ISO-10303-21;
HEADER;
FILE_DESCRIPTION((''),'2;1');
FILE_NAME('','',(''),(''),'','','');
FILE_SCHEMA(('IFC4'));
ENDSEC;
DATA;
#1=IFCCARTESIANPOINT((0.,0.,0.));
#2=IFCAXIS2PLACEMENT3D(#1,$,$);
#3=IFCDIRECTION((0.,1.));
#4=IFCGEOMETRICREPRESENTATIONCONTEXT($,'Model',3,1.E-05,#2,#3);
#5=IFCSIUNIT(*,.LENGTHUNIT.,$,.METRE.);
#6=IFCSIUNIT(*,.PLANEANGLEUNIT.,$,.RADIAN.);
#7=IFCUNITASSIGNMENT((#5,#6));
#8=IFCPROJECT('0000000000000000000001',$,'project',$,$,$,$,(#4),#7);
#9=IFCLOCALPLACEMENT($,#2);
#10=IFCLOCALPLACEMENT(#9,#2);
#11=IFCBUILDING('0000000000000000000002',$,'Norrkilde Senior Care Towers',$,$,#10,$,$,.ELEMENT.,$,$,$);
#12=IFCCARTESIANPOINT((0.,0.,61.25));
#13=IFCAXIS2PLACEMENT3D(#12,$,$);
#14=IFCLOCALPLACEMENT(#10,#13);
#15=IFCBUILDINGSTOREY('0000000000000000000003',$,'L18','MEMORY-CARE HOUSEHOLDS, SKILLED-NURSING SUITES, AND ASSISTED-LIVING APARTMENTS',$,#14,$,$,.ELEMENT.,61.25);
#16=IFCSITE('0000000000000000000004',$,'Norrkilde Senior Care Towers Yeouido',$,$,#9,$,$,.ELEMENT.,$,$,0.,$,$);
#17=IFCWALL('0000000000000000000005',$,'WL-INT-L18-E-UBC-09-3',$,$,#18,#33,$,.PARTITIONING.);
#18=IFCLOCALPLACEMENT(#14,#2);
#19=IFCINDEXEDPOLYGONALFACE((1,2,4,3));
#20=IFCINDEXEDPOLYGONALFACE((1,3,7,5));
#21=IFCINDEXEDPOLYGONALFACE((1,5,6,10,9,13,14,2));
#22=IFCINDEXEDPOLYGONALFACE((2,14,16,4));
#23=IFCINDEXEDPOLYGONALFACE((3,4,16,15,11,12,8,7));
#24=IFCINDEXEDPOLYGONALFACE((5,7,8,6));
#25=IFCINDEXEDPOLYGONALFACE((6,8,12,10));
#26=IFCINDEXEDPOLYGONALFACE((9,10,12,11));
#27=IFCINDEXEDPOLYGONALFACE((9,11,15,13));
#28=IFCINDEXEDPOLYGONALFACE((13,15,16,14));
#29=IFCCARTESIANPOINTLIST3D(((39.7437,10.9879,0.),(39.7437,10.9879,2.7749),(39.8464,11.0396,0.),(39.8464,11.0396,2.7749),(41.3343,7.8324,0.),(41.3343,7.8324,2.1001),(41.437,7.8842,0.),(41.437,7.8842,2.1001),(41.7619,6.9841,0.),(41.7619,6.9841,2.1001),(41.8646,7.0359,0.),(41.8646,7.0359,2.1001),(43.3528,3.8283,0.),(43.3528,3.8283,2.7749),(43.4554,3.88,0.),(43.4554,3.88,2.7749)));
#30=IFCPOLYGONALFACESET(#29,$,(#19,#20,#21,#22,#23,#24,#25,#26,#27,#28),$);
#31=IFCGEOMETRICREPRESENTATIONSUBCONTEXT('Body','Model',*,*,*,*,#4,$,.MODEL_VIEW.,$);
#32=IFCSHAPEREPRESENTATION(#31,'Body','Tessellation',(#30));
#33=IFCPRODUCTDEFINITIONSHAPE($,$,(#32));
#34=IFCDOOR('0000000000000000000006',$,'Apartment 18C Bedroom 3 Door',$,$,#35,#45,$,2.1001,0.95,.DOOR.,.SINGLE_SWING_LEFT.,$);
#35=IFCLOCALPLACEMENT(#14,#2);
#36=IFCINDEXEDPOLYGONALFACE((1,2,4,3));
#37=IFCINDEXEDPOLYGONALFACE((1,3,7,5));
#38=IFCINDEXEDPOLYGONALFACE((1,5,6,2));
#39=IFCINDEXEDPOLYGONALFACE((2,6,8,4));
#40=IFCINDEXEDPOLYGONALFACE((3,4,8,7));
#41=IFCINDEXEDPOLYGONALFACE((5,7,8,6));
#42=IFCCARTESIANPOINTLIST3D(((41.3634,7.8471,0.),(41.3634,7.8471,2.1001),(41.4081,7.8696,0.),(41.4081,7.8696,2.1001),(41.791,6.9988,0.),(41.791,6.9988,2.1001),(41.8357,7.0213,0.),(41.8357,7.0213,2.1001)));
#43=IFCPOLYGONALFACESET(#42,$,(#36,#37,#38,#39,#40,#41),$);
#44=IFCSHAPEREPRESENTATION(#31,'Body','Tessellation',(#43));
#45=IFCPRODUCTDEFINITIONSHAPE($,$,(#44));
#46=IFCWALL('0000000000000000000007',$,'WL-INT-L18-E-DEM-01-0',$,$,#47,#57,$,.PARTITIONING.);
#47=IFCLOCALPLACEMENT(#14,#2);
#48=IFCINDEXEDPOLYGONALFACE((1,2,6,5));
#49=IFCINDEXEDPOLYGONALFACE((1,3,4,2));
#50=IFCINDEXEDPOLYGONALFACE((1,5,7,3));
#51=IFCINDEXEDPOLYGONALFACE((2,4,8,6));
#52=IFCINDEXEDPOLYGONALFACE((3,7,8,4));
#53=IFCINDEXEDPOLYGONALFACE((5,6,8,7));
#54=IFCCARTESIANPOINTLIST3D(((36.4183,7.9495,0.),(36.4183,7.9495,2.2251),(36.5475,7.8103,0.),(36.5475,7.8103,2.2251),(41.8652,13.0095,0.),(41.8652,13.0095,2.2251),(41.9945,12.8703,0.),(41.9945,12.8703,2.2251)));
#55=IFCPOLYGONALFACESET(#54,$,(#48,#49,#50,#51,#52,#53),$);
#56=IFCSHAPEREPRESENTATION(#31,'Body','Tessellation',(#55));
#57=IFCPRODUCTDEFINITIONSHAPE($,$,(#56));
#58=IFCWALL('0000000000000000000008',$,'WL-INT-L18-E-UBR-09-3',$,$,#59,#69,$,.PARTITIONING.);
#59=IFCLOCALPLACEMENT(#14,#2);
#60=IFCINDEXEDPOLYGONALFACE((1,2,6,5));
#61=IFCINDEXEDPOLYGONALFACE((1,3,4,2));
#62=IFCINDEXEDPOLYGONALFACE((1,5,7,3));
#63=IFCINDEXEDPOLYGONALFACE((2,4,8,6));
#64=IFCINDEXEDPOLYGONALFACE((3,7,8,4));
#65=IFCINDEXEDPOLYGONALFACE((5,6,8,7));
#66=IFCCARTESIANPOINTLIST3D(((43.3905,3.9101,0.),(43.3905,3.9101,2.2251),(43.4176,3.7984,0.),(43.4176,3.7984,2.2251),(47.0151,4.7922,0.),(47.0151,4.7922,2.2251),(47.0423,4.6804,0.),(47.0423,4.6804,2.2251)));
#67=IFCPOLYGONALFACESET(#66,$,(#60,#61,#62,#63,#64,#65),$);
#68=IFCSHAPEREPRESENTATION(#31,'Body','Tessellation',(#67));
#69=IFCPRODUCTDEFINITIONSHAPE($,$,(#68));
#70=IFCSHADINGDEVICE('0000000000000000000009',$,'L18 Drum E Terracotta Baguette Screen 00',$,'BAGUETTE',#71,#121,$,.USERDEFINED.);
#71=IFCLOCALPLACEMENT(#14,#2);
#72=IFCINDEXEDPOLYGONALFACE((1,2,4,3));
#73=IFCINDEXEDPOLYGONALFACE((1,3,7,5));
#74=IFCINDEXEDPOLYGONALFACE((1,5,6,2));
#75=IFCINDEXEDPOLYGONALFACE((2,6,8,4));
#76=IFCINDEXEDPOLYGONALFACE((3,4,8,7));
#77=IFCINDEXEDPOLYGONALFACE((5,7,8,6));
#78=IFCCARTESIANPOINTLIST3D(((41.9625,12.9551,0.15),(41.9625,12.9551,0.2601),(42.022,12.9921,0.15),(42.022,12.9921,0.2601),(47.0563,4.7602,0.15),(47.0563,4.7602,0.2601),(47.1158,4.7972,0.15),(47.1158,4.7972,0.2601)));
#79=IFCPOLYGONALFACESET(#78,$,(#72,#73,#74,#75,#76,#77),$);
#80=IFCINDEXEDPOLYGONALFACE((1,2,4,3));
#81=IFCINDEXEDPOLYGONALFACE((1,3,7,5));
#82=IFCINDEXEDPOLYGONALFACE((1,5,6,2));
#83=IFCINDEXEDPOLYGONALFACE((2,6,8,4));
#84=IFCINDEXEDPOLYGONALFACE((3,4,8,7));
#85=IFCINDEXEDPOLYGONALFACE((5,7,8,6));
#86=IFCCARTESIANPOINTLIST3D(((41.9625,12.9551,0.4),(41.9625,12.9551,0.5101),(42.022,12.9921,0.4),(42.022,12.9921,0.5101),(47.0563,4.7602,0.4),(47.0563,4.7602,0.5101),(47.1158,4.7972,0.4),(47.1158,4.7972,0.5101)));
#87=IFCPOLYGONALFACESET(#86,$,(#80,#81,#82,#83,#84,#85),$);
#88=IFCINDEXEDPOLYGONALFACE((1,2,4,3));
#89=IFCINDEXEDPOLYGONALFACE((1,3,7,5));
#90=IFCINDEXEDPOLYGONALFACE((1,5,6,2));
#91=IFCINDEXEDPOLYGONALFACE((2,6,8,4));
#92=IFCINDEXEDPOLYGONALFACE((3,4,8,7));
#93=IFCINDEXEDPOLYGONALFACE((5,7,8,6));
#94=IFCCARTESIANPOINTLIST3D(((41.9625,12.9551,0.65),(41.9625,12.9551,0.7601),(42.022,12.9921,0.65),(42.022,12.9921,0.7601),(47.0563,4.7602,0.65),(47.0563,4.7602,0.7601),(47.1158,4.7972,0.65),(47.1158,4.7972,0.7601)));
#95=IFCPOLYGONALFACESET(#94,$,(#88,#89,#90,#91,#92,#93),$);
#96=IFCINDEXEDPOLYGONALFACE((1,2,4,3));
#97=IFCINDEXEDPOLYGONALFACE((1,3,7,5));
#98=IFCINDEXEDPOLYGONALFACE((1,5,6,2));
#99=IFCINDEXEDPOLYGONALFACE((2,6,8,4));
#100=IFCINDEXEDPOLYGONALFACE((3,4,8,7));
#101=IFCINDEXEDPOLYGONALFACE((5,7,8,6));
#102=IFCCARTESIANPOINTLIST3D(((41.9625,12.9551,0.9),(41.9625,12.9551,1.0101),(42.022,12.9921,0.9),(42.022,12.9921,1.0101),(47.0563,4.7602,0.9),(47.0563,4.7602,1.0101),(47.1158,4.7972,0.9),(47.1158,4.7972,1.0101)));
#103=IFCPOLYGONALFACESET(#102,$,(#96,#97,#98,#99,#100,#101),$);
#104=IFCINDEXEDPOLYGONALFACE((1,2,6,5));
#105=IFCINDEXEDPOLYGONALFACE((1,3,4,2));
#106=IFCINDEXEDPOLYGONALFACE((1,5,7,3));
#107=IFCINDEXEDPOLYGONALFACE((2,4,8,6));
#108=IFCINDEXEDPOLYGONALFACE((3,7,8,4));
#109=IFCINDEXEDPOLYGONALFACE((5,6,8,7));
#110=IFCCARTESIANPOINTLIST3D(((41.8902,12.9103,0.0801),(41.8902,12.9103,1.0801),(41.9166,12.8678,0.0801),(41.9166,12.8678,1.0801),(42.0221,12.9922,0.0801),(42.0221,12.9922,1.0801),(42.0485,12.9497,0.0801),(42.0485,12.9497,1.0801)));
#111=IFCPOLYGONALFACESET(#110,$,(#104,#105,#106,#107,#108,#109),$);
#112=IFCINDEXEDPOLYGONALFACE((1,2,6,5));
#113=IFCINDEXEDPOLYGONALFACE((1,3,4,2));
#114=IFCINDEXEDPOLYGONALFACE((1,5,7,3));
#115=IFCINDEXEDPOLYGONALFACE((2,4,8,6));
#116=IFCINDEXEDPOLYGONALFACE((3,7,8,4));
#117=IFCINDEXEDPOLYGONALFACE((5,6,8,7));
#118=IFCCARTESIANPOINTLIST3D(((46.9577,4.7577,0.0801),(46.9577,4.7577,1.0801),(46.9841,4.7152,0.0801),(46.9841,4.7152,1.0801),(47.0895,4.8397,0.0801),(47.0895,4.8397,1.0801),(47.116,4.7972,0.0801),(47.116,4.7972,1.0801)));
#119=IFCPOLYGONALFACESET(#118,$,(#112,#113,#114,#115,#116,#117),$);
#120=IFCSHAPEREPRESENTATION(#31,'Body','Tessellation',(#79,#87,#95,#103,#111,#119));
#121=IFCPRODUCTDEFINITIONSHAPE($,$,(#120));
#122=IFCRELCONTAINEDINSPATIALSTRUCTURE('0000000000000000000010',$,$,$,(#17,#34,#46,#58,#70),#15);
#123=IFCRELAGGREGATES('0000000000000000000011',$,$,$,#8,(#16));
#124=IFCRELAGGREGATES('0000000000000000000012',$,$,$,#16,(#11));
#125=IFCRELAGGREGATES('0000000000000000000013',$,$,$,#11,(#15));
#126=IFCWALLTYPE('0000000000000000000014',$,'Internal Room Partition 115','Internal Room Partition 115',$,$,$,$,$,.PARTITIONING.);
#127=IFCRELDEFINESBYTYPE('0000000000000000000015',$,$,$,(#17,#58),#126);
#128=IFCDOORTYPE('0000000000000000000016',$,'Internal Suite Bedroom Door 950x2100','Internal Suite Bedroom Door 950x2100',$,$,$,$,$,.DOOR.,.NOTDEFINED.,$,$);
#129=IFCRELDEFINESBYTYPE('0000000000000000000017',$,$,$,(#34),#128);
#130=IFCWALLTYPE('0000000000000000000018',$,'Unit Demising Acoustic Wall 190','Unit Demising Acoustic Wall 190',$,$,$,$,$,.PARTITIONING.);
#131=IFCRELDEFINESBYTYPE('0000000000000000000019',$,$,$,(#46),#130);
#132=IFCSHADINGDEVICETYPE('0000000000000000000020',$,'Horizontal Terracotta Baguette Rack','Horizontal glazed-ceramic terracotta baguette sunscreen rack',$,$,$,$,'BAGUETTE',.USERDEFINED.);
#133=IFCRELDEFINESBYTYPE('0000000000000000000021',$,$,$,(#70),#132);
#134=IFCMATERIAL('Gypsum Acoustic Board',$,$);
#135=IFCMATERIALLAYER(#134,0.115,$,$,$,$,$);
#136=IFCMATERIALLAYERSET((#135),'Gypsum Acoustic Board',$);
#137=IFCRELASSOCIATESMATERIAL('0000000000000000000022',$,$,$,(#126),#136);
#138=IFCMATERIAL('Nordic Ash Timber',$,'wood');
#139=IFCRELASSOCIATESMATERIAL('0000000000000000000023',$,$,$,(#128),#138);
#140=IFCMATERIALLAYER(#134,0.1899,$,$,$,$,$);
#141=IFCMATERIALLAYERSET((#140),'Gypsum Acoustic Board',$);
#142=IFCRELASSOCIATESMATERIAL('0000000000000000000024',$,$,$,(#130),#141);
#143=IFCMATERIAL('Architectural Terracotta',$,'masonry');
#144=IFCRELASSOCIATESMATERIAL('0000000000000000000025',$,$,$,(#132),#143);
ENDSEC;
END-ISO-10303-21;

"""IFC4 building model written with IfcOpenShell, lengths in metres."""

from ifc_helpers import new_model, si_unit, direction, frame, frame_2d, origin, origin_2d, place, context, subcontext, project, spatial, rectangle, extrude, source, transform, mapped, material, layer, layer_set, type_object, type_shapes, element, fill, save


model = new_model("IFC4")

# Units and contexts
model_context = context("Model", 3, precision=1e-05, world=origin(), true_north=direction((0.0, 1.0)))
body_context = subcontext(model_context, "Body", "Model", "MODEL_VIEW")
ifc_project = project(units=[si_unit("LENGTHUNIT", "METRE"), si_unit("PLANEANGLEUNIT", "RADIAN")], contexts=[model_context])

# Site, building, storey
site_placement = place(None, origin())
site = spatial("IfcSite", under=ifc_project, at=site_placement, Name="Norrkilde Senior Care Towers Yeouido", CompositionType="ELEMENT", RefElevation=0.0)
building_placement = place(site_placement, origin())
building = spatial("IfcBuilding", under=site, at=building_placement, Name="Norrkilde Senior Care Towers", CompositionType="ELEMENT")
storey_placement = place(building_placement, frame((0.0, 0.0, 61.25)))
storey = spatial("IfcBuildingStorey", under=building, at=storey_placement, Name="L18", Description="MEMORY-CARE HOUSEHOLDS, SKILLED-NURSING SUITES, AND ASSISTED-LIVING APARTMENTS", CompositionType="ELEMENT", Elevation=61.25)

# Wall, opening, door
ifc_material_1 = material(Name="Gypsum Acoustic Board")
ifc_material_2 = material(Name="Nordic Ash Timber", Category="wood")
ifc_layer_1 = layer(ifc_material_1, 0.115)
ifc_layer_set_1 = layer_set([ifc_layer_1], Name="Gypsum Acoustic Board")
wall_type_1 = type_object("IfcWallType", Name="Internal Room Partition 115", Description="Internal Room Partition 115", PredefinedType="PARTITIONING", material=ifc_layer_set_1)
shared_shape_1 = source(origin(), body_context, "Body", "SweptSolid", [
    extrude(rectangle(XDim=8.0178, YDim=0.115, at=frame_2d((4.0088, 0.0))), origin(), (0.0, 0.0, 1.0), 2.7749),
])
wall_1_placement = place(storey_placement, frame((43.4041, 3.8542, 0.0), z_axis=(0.0, 0.0, 1.0), x_axis=(-0.450134, 0.892961, 0.0)))
wall_1 = element("IfcWall", 1, at=wall_1_placement, inside=storey, type_object=wall_type_1, Name="WL-INT-L18-E-UBC-09-3", PredefinedType="PARTITIONING", context=body_context, shape_type="MappedRepresentation", body=[
    mapped(shared_shape_1, transform((0.0, 0.0, 0.0), x_axis=(1.0, 0.0, 0.0), y_axis=(0.0, 1.0, 0.0), z_axis=(0.0, 0.0, 1.0), scale=1.0)),
])
opening_1_placement = place(wall_1_placement, frame((3.5339, 0.0, 0.0)))
opening_1 = element("IfcOpeningElement", 2, at=opening_1_placement, cuts=wall_1, PredefinedType="OPENING", context=body_context, shape_type="SweptSolid", body=[
    extrude(rectangle(XDim=0.95, YDim=2.1001, at=frame_2d((0.4751, 1.05))), frame((0.0, 0.0674, 0.0), z_axis=(0.0, -1.0, 0.0), x_axis=(1.0, 0.0, 0.0)), (0.0, 0.0, 1.0), 0.135),
])
door_type_1 = type_object("IfcDoorType", Name="Internal Suite Bedroom Door 950x2100", Description="Internal Suite Bedroom Door 950x2100", OperationType="NOTDEFINED", PredefinedType="DOOR", material=ifc_material_2)
shared_shape_2 = source(origin(), body_context, "Body", "SweptSolid", [
    extrude(rectangle(XDim=0.95, YDim=2.1001, at=frame_2d((0.4751, 1.05))), frame((0.0, 0.0249, 0.0), z_axis=(0.0, -1.0, 0.0), x_axis=(1.0, 0.0, 0.0)), (0.0, 0.0, 1.0), 0.05),
])
type_shapes(door_type_1, [shared_shape_2])
door_1_placement = place(opening_1_placement, origin())
door_1 = element("IfcDoor", 3, at=door_1_placement, inside=storey, type_object=door_type_1, Name="Apartment 18C Bedroom 3 Door", OperationType="SINGLE_SWING_LEFT", OverallHeight=2.1001, OverallWidth=0.95, PredefinedType="DOOR", context=body_context, shape_type="MappedRepresentation", body=[
    mapped(shared_shape_2, transform((0.0, 0.0, 0.0), x_axis=(1.0, 0.0, 0.0), y_axis=(0.0, 1.0, 0.0), z_axis=(0.0, 0.0, 1.0), scale=1.0)),
])
fill(opening_1, door_1)

# Walls
ifc_layer_2 = layer(ifc_material_1, 0.1899)
ifc_layer_set_2 = layer_set([ifc_layer_2], Name="Gypsum Acoustic Board")
wall_type_2 = type_object("IfcWallType", Name="Unit Demising Acoustic Wall 190", Description="Unit Demising Acoustic Wall 190", PredefinedType="PARTITIONING", material=ifc_layer_set_2)
shared_shape_3 = source(origin(), body_context, "Body", "SweptSolid", [
    extrude(rectangle(XDim=7.4346, YDim=0.1899, at=frame_2d((3.7173, 0.0))), origin(), (0.0, 0.0, 1.0), 2.2251),
])
type_shapes(wall_type_2, [shared_shape_3])
wall_2_placement = place(storey_placement, frame((36.4829, 7.8799, 0.0), z_axis=(0.0, 0.0, 1.0), x_axis=(0.732652, 0.680603, 0.0)))
element("IfcWall", 4, at=wall_2_placement, inside=storey, type_object=wall_type_2, Name="WL-INT-L18-E-DEM-01-0", PredefinedType="PARTITIONING", context=body_context, shape_type="MappedRepresentation", body=[
    mapped(shared_shape_3, transform((0.0, 0.0, 0.0), x_axis=(1.0, 0.0, 0.0), y_axis=(0.0, 1.0, 0.0), z_axis=(0.0, 0.0, 1.0), scale=1.0)),
])
shared_shape_4 = source(origin(), body_context, "Body", "SweptSolid", [
    extrude(rectangle(XDim=3.7305, YDim=0.115, at=frame_2d((1.8652, 0.0))), origin(), (0.0, 0.0, 1.0), 2.2251),
])
type_shapes(wall_type_1, [shared_shape_1, shared_shape_4])
wall_3_placement = place(storey_placement, frame((43.4041, 3.8542, 0.0), z_axis=(0.0, 0.0, 1.0), x_axis=(0.971644, 0.236448, 0.0)))
element("IfcWall", 5, at=wall_3_placement, inside=storey, type_object=wall_type_1, Name="WL-INT-L18-E-UBR-09-3", PredefinedType="PARTITIONING", context=body_context, shape_type="MappedRepresentation", body=[
    mapped(shared_shape_4, transform((0.0, 0.0, 0.0), x_axis=(1.0, 0.0, 0.0), y_axis=(0.0, 1.0, 0.0), z_axis=(0.0, 0.0, 1.0), scale=1.0)),
])

# Shading device
ifc_material_3 = material(Name="Architectural Terracotta", Category="masonry")
shading_device_type = type_object("IfcShadingDeviceType", Name="Horizontal Terracotta Baguette Rack", Description="Horizontal glazed-ceramic terracotta baguette sunscreen rack", ElementType="BAGUETTE", PredefinedType="USERDEFINED", material=ifc_material_3)
shared_shape_5 = source(origin(), body_context, "Body", "SweptSolid", [
    extrude(rectangle(XDim=0.0701, YDim=0.1101, at=origin_2d()), frame((0.0, 0.0901, 0.125), z_axis=(1.0, 0.0, 0.0), x_axis=(0.0, 1.0, 0.0)), (0.0, 0.0, 1.0), 9.6489),
    extrude(rectangle(XDim=0.0701, YDim=0.1101, at=origin_2d()), frame((0.0, 0.0901, 0.375), z_axis=(1.0, 0.0, 0.0), x_axis=(0.0, 1.0, 0.0)), (0.0, 0.0, 1.0), 9.6489),
    extrude(rectangle(XDim=0.0701, YDim=0.1101, at=origin_2d()), frame((0.0, 0.0901, 0.625), z_axis=(1.0, 0.0, 0.0), x_axis=(0.0, 1.0, 0.0)), (0.0, 0.0, 1.0), 9.6489),
    extrude(rectangle(XDim=0.0701, YDim=0.1101, at=origin_2d()), frame((0.0, 0.0901, 0.875), z_axis=(1.0, 0.0, 0.0), x_axis=(0.0, 1.0, 0.0)), (0.0, 0.0, 1.0), 9.6489),
    extrude(rectangle(XDim=0.05, YDim=0.1553, at=origin_2d()), frame((0.0249, 0.0476, 0.0)), (0.0, 0.0, 1.0), 1.0),
    extrude(rectangle(XDim=0.05, YDim=0.1553, at=origin_2d()), frame((9.624, 0.0476, 0.0)), (0.0, 0.0, 1.0), 1.0),
])
type_shapes(shading_device_type, [shared_shape_5])
shading_device_placement = place(storey_placement, frame((41.9158, 12.926, 0.0801), z_axis=(0.0, 0.0, 1.0), x_axis=(0.527909, -0.849299, 0.0)))
element("IfcShadingDevice", 6, at=shading_device_placement, inside=storey, type_object=shading_device_type, Name="L18 Drum E Terracotta Baguette Screen 00", ObjectType="BAGUETTE", PredefinedType="USERDEFINED", context=body_context, shape_type="MappedRepresentation", body=[
    mapped(shared_shape_5, transform((0.0, 0.0, 0.0), x_axis=(1.0, 0.0, 0.0), y_axis=(0.0, 1.0, 0.0), z_axis=(0.0, 0.0, 1.0), scale=1.0)),
])

save(model, "model.ifc")
